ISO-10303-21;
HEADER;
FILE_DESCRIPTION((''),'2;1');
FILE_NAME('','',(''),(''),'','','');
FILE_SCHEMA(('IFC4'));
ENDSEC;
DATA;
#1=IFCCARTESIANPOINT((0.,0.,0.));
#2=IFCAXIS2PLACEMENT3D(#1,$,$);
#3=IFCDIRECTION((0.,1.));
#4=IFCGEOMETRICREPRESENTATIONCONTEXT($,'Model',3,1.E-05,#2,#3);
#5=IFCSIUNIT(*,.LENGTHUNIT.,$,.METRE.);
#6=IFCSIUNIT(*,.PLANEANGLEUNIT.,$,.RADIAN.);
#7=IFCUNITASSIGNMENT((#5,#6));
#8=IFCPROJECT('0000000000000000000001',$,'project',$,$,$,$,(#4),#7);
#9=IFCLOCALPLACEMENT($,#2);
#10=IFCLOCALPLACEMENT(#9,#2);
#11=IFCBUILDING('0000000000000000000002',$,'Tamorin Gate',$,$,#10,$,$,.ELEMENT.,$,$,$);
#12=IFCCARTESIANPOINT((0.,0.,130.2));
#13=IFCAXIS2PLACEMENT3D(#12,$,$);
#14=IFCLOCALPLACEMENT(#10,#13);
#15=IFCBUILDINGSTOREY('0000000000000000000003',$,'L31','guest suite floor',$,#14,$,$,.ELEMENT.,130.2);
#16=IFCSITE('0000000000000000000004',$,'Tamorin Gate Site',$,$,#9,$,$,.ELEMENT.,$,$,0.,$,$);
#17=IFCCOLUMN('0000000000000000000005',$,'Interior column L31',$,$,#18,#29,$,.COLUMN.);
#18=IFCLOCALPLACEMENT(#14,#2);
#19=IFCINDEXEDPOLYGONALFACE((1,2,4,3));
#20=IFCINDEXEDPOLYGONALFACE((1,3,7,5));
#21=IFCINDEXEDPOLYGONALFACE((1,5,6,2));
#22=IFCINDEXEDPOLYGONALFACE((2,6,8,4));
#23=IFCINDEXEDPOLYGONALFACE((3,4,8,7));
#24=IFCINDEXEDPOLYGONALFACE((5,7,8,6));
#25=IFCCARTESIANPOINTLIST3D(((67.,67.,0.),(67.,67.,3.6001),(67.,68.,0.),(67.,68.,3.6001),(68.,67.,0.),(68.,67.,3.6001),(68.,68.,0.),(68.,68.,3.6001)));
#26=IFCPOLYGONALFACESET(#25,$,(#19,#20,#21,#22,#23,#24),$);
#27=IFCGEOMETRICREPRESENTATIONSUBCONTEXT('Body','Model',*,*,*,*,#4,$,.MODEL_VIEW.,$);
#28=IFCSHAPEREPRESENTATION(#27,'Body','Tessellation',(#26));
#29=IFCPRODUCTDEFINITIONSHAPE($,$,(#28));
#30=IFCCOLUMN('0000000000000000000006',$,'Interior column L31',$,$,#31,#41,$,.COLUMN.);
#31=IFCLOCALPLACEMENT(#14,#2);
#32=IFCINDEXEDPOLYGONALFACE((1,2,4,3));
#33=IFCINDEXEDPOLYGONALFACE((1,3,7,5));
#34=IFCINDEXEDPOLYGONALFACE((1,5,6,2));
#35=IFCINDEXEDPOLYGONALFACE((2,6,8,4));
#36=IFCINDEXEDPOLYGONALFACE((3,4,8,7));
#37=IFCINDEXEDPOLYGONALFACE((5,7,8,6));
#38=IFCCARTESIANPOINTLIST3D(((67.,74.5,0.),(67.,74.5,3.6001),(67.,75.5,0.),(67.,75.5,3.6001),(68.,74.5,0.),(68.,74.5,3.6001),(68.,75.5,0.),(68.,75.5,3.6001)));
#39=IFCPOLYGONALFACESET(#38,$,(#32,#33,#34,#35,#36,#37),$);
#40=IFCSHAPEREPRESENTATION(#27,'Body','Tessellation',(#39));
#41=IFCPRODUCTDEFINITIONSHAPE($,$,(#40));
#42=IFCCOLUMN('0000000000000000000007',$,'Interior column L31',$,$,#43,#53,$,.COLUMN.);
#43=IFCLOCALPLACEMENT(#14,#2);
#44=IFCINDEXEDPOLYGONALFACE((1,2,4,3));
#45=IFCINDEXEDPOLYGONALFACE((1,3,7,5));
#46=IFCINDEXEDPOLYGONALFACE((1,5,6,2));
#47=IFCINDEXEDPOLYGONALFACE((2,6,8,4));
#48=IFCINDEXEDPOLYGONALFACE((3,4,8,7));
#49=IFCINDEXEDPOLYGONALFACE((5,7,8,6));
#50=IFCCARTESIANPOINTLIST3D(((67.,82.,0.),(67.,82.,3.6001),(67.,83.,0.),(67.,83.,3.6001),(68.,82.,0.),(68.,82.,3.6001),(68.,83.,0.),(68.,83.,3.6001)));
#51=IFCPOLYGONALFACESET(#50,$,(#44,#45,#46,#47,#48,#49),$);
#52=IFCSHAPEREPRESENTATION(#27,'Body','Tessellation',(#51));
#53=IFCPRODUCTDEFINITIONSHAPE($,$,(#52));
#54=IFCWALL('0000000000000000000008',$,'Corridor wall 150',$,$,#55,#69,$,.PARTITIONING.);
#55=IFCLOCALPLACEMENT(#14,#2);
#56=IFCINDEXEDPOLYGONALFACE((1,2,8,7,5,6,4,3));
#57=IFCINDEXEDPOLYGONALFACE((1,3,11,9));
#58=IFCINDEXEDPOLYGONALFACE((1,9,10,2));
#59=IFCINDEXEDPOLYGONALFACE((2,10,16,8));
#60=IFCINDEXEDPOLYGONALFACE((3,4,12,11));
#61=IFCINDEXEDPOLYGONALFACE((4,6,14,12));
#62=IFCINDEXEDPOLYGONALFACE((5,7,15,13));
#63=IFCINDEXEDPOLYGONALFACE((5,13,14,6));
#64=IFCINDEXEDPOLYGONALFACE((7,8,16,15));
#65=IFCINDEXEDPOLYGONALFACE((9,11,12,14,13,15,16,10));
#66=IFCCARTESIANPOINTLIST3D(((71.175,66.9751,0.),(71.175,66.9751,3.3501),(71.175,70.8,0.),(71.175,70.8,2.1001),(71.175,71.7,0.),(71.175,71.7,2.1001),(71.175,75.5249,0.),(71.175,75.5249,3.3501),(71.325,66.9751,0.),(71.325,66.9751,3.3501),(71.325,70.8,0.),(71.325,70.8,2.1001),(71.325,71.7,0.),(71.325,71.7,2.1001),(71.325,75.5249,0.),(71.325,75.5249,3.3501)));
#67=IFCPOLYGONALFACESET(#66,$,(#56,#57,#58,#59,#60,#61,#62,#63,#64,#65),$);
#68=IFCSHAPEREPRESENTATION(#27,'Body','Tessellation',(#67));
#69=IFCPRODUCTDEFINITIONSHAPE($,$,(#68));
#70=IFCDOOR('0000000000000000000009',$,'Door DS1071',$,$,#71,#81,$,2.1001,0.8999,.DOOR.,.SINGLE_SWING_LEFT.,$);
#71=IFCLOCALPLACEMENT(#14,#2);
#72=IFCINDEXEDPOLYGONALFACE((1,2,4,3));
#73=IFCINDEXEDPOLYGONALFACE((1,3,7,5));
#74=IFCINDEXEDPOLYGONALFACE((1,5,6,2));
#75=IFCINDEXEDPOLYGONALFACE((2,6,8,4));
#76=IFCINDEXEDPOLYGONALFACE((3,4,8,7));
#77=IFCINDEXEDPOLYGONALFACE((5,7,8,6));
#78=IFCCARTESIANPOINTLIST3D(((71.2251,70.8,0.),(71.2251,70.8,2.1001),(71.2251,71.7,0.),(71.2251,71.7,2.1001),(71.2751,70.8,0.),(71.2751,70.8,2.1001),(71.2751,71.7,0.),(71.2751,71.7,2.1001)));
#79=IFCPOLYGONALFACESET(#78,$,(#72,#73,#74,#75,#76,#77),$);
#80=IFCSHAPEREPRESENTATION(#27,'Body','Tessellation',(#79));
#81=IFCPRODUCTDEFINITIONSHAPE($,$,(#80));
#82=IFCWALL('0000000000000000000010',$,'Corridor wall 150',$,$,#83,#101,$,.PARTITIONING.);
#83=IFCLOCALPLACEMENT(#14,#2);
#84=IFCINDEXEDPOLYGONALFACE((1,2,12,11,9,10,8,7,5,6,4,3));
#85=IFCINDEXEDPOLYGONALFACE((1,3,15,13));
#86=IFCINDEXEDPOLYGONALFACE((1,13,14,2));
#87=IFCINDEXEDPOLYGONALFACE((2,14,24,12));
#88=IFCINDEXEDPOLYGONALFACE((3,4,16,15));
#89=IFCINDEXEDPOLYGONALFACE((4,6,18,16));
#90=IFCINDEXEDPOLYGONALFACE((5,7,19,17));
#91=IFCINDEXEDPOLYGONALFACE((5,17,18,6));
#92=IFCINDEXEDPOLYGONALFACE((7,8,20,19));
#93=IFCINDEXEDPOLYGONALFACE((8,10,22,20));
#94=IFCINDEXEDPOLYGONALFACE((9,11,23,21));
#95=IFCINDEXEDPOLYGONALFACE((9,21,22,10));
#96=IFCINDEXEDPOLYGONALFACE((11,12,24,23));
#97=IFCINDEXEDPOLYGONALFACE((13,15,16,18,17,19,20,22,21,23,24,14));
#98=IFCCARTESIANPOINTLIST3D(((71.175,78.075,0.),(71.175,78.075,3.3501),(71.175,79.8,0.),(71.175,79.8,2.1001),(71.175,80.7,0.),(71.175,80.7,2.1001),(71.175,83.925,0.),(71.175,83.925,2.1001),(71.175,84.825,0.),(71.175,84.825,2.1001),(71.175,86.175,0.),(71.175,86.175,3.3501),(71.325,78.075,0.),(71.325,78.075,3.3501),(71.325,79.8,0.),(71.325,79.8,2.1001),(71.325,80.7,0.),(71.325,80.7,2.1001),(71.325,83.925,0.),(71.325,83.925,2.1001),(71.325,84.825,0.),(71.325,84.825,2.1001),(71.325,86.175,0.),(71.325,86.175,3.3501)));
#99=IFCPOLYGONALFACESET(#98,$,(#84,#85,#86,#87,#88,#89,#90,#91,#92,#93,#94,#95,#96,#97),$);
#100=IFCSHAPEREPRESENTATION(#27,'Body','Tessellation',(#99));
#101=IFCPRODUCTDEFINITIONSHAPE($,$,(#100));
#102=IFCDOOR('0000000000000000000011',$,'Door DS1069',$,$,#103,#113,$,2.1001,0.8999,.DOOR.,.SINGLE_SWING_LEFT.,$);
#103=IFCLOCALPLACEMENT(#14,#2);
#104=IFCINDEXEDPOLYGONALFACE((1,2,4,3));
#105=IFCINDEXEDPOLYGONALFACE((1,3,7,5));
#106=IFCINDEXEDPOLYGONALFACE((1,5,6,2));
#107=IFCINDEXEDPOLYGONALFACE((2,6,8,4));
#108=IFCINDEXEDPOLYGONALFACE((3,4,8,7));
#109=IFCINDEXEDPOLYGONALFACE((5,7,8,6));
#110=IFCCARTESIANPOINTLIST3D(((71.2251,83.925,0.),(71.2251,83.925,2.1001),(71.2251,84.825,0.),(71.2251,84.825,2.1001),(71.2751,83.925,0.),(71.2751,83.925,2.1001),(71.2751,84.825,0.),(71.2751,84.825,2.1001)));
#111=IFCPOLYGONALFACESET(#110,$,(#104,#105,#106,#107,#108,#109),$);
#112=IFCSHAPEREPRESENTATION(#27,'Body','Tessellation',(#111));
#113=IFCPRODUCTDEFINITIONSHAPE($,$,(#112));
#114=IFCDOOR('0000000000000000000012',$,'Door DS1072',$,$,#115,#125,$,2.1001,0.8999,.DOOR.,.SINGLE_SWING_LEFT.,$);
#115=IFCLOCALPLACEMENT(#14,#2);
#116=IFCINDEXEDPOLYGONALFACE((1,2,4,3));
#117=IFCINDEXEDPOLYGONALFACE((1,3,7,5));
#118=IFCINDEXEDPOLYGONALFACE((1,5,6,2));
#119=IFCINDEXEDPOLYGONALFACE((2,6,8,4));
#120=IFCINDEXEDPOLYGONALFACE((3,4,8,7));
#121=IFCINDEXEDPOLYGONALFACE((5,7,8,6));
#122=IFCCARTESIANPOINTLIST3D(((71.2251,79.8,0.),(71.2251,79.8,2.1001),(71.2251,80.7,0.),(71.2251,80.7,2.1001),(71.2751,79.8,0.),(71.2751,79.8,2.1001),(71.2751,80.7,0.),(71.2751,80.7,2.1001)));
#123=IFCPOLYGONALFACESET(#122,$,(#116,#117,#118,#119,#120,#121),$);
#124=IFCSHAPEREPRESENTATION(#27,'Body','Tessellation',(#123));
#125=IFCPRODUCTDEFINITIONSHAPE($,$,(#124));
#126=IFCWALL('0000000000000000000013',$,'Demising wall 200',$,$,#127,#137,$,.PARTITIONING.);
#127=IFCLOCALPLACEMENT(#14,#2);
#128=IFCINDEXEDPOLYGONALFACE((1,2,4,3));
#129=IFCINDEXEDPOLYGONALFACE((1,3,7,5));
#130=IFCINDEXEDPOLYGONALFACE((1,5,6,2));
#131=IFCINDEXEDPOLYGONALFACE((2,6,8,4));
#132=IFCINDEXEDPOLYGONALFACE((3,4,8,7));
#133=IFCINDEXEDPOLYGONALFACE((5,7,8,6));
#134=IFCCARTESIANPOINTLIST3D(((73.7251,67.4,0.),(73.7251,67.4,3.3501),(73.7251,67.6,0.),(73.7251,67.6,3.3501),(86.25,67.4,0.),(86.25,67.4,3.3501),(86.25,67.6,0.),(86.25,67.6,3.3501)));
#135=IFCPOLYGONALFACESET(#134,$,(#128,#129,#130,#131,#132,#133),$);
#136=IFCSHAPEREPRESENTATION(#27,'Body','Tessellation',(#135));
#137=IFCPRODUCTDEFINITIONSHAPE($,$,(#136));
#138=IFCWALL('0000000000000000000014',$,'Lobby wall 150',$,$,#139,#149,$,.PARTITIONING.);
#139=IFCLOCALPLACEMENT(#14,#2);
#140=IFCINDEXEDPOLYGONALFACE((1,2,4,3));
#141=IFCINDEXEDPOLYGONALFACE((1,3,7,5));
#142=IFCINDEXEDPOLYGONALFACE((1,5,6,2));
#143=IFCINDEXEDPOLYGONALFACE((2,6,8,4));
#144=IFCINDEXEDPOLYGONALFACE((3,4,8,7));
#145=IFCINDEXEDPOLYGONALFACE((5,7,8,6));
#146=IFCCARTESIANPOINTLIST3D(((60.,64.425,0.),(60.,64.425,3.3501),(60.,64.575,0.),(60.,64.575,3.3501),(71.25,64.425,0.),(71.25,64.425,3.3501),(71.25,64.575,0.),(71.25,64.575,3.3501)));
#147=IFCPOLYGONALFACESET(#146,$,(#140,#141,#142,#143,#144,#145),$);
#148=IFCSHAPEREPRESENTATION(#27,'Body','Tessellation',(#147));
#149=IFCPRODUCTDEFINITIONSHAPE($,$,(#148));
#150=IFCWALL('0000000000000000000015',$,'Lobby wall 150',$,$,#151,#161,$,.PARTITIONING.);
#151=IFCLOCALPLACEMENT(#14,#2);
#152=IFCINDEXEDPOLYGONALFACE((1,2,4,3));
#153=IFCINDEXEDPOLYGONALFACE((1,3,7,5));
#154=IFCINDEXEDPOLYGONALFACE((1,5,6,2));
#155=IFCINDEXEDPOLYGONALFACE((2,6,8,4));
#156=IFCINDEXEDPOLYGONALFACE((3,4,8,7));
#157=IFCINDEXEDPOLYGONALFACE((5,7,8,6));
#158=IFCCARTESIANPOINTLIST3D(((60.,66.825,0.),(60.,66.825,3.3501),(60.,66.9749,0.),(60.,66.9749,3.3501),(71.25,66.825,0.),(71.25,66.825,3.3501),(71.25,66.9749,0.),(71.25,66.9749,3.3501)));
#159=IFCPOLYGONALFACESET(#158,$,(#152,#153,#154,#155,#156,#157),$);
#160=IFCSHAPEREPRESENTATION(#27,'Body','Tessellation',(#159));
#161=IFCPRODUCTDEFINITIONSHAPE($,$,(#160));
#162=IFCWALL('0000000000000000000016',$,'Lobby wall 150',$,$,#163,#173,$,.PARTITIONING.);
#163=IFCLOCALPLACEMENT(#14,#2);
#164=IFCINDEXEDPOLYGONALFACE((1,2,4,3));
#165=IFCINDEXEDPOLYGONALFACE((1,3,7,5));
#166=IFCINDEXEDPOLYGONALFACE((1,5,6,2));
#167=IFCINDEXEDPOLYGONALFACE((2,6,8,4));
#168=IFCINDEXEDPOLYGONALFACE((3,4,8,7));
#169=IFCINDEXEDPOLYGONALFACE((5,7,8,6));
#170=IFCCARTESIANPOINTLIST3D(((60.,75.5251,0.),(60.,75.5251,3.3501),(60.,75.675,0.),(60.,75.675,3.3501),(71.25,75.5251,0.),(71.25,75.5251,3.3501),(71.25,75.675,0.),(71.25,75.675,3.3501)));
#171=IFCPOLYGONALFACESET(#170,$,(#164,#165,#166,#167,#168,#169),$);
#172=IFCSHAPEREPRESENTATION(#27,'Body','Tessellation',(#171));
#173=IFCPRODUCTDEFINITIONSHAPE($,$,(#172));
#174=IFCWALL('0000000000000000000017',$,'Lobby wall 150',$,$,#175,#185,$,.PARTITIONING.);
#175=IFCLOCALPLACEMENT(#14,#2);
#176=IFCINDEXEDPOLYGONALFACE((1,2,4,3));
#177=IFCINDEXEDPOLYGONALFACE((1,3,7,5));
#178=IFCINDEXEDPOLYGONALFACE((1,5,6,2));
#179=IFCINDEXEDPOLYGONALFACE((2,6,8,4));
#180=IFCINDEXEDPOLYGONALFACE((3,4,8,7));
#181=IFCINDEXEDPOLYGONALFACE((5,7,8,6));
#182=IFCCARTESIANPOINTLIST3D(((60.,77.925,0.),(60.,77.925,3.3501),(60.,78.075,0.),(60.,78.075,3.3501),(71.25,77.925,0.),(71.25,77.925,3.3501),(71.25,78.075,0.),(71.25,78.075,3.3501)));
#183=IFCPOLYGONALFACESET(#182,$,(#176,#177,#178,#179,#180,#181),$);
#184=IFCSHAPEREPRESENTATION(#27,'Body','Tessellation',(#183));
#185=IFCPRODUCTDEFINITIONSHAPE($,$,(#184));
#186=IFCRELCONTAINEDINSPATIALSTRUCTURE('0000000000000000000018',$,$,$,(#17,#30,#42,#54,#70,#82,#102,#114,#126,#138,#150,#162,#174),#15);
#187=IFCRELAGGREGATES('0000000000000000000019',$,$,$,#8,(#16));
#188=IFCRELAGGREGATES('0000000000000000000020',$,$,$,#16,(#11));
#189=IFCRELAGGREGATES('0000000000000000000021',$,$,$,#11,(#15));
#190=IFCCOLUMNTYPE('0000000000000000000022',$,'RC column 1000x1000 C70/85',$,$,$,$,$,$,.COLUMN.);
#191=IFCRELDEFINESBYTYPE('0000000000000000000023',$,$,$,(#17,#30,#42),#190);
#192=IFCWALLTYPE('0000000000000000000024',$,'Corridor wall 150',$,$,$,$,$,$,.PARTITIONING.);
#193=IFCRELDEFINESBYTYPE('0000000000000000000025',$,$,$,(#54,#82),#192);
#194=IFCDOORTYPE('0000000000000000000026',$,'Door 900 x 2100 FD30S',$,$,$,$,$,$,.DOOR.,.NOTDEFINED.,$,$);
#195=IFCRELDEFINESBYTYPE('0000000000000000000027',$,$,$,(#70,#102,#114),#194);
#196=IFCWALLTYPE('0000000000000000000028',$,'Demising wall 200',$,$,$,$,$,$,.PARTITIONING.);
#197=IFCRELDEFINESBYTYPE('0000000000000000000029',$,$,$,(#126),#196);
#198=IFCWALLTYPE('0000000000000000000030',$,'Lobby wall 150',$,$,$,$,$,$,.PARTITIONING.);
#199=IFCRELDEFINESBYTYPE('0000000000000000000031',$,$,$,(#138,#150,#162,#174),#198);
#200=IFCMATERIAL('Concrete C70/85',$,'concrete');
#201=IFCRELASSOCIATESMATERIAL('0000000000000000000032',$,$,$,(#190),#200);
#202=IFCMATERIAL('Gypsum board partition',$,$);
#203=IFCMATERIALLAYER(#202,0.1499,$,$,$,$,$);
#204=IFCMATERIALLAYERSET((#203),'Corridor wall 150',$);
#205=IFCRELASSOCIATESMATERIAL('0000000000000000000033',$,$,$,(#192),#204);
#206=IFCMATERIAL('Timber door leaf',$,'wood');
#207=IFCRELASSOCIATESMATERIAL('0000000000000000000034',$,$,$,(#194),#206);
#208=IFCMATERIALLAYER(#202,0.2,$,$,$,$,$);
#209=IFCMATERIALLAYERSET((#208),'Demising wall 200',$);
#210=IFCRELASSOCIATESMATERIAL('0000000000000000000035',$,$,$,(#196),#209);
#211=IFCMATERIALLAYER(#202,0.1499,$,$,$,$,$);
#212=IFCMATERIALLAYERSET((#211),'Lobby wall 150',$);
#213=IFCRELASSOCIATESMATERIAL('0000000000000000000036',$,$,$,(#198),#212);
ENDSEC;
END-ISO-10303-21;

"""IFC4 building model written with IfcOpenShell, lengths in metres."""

from ifc_helpers import new_model, si_unit, direction, frame, frame_2d, origin, origin_2d, place, context, subcontext, project, spatial, rectangle, extrude, material, layer, layer_set, material_profile, profile_set, type_object, element, fill, save


model = new_model("IFC4")

# Units and contexts
model_context = context("Model", 3, precision=1e-05, world=origin(), true_north=direction((0.0, 1.0)))
body_context = subcontext(model_context, "Body", "Model", "MODEL_VIEW")
ifc_project = project(units=[si_unit("LENGTHUNIT", "METRE"), si_unit("PLANEANGLEUNIT", "RADIAN")], contexts=[model_context])

# Site, building, storey
site_placement = place(None, origin())
site = spatial("IfcSite", under=ifc_project, at=site_placement, Name="Tamorin Gate Site", CompositionType="ELEMENT", RefElevation=0.0)
building_placement = place(site_placement, origin())
building = spatial("IfcBuilding", under=site, at=building_placement, Name="Tamorin Gate", CompositionType="ELEMENT")
storey_placement = place(building_placement, frame((0.0, 0.0, 130.2)))
storey = spatial("IfcBuildingStorey", under=building, at=storey_placement, Name="L31", Description="guest suite floor", CompositionType="ELEMENT", Elevation=130.2)

# Columns
ifc_material_1 = material(Name="Concrete C70/85", Category="concrete")
ifc_material_profile = material_profile(ifc_material_1, rectangle(XDim=1.0, YDim=1.0, at=origin_2d()), Name="RC 1000x1000")
ifc_profile_set = profile_set([ifc_material_profile], Name="Concrete C70/85")
column_type = type_object("IfcColumnType", Name="RC column 1000x1000 C70/85", PredefinedType="COLUMN", material=ifc_profile_set)
for number, where, z_axis, x_axis, name in (
    (1, (67.5, 67.5, 0.0), (0.0, 0.0, 1.0), (1.0, 0.0, 0.0), "Interior column L31"),
    (2, (67.5, 75.0, 0.0), (0.0, 0.0, 1.0), (1.0, 0.0, 0.0), "Interior column L31"),
    (3, (67.5, 82.5, 0.0), (0.0, 0.0, 1.0), (1.0, 0.0, 0.0), "Interior column L31"),
):
    element("IfcColumn", number, at=place(storey_placement, frame(where, z_axis=z_axis, x_axis=x_axis)), inside=storey, type_object=column_type, Name=name, PredefinedType="COLUMN", context=body_context, shape_type="SweptSolid", body=[
        extrude(rectangle(XDim=1.0, YDim=1.0, at=origin_2d()), origin(), (0.0, 0.0, 1.0), 3.6001),
    ])

# Wall, opening, door
ifc_material_2 = material(Name="Gypsum board partition")
ifc_layer_1 = layer(ifc_material_2, 0.1499)
ifc_layer_set_1 = layer_set([ifc_layer_1], Name="Corridor wall 150")
wall_type_1 = type_object("IfcWallType", Name="Corridor wall 150", PredefinedType="PARTITIONING", material=ifc_layer_set_1)
wall_1_placement = place(storey_placement, frame((71.25, 66.9751, 0.0), z_axis=(0.0, 0.0, 1.0), x_axis=(0.0, 1.0, 0.0)))
wall_1 = element("IfcWall", 4, at=wall_1_placement, inside=storey, type_object=wall_type_1, Name="Corridor wall 150", PredefinedType="PARTITIONING", context=body_context, shape_type="SweptSolid", body=[
    extrude(rectangle(XDim=8.5498, YDim=0.1499, at=frame_2d((4.2749, 0.0))), origin(), (0.0, 0.0, 1.0), 3.3501),
])
opening_1_placement = place(wall_1_placement, frame((3.825, 0.0, 0.0)))
opening_1 = element("IfcOpeningElement", 5, at=opening_1_placement, cuts=wall_1, PredefinedType="OPENING", context=body_context, shape_type="SweptSolid", body=[
    extrude(rectangle(XDim=0.8999, YDim=2.1001, at=frame_2d((0.45, 1.05))), frame((0.0, 0.085, 0.0), z_axis=(0.0, -1.0, 0.0), x_axis=(1.0, 0.0, 0.0)), (0.0, 0.0, 1.0), 0.1699),
])
ifc_material_3 = material(Name="Timber door leaf", Category="wood")
door_type_1 = type_object("IfcDoorType", Name="Door 900 x 2100 FD30S", OperationType="NOTDEFINED", PredefinedType="DOOR", material=ifc_material_3)
door_1_placement = place(opening_1_placement, origin())
door_1 = element("IfcDoor", 6, at=door_1_placement, inside=storey, type_object=door_type_1, Name="Door DS1071", OperationType="SINGLE_SWING_LEFT", OverallHeight=2.1001, OverallWidth=0.8999, PredefinedType="DOOR", context=body_context, shape_type="SweptSolid", body=[
    extrude(rectangle(XDim=0.8999, YDim=2.1001, at=frame_2d((0.45, 1.05))), frame((0.0, 0.0249, 0.0), z_axis=(0.0, -1.0, 0.0), x_axis=(1.0, 0.0, 0.0)), (0.0, 0.0, 1.0), 0.05),
])
fill(opening_1, door_1)

# Wall, openings, doors
wall_2_placement = place(storey_placement, frame((71.25, 78.075, 0.0), z_axis=(0.0, 0.0, 1.0), x_axis=(0.0, 1.0, 0.0)))
wall_2 = element("IfcWall", 7, at=wall_2_placement, inside=storey, type_object=wall_type_1, Name="Corridor wall 150", PredefinedType="PARTITIONING", context=body_context, shape_type="SweptSolid", body=[
    extrude(rectangle(XDim=8.1001, YDim=0.1499, at=frame_2d((4.05, 0.0))), origin(), (0.0, 0.0, 1.0), 3.3501),
])
opening_2_placement = place(wall_2_placement, frame((5.8501, 0.0, 0.0)))
opening_2 = element("IfcOpeningElement", 8, at=opening_2_placement, cuts=wall_2, PredefinedType="OPENING", context=body_context, shape_type="SweptSolid", body=[
    extrude(rectangle(XDim=0.8999, YDim=2.1001, at=frame_2d((0.45, 1.05))), frame((0.0, 0.085, 0.0), z_axis=(0.0, -1.0, 0.0), x_axis=(1.0, 0.0, 0.0)), (0.0, 0.0, 1.0), 0.1699),
])
opening_3_placement = place(wall_2_placement, frame((1.7251, 0.0, 0.0)))
opening_3 = element("IfcOpeningElement", 9, at=opening_3_placement, cuts=wall_2, PredefinedType="OPENING", context=body_context, shape_type="SweptSolid", body=[
    extrude(rectangle(XDim=0.8999, YDim=2.1001, at=frame_2d((0.45, 1.05))), frame((0.0, 0.085, 0.0), z_axis=(0.0, -1.0, 0.0), x_axis=(1.0, 0.0, 0.0)), (0.0, 0.0, 1.0), 0.1699),
])
door_2_placement = place(opening_2_placement, origin())
door_2 = element("IfcDoor", 10, at=door_2_placement, inside=storey, type_object=door_type_1, Name="Door DS1069", OperationType="SINGLE_SWING_LEFT", OverallHeight=2.1001, OverallWidth=0.8999, PredefinedType="DOOR", context=body_context, shape_type="SweptSolid", body=[
    extrude(rectangle(XDim=0.8999, YDim=2.1001, at=frame_2d((0.45, 1.05))), frame((0.0, 0.0249, 0.0), z_axis=(0.0, -1.0, 0.0), x_axis=(1.0, 0.0, 0.0)), (0.0, 0.0, 1.0), 0.05),
])
fill(opening_2, door_2)
door_3_placement = place(opening_3_placement, origin())
door_3 = element("IfcDoor", 11, at=door_3_placement, inside=storey, type_object=door_type_1, Name="Door DS1072", OperationType="SINGLE_SWING_LEFT", OverallHeight=2.1001, OverallWidth=0.8999, PredefinedType="DOOR", context=body_context, shape_type="SweptSolid", body=[
    extrude(rectangle(XDim=0.8999, YDim=2.1001, at=frame_2d((0.45, 1.05))), frame((0.0, 0.0249, 0.0), z_axis=(0.0, -1.0, 0.0), x_axis=(1.0, 0.0, 0.0)), (0.0, 0.0, 1.0), 0.05),
])
fill(opening_3, door_3)

# Walls
ifc_layer_2 = layer(ifc_material_2, 0.2)
ifc_layer_set_2 = layer_set([ifc_layer_2], Name="Demising wall 200")
wall_type_2 = type_object("IfcWallType", Name="Demising wall 200", PredefinedType="PARTITIONING", material=ifc_layer_set_2)
wall_3_placement = place(storey_placement, frame((73.7251, 67.5, 0.0), z_axis=(0.0, 0.0, 1.0), x_axis=(1.0, 0.0, 0.0)))
element("IfcWall", 12, at=wall_3_placement, inside=storey, type_object=wall_type_2, Name="Demising wall 200", PredefinedType="PARTITIONING", context=body_context, shape_type="SweptSolid", body=[
    extrude(rectangle(XDim=12.5249, YDim=0.2, at=frame_2d((6.2625, 0.0))), origin(), (0.0, 0.0, 1.0), 3.3501),
])
ifc_layer_3 = layer(ifc_material_2, 0.1499)
ifc_layer_set_3 = layer_set([ifc_layer_3], Name="Lobby wall 150")
wall_type_3 = type_object("IfcWallType", Name="Lobby wall 150", PredefinedType="PARTITIONING", material=ifc_layer_set_3)
for number, where, z_axis, x_axis, name in (
    (13, (60.0, 64.5, 0.0), (0.0, 0.0, 1.0), (1.0, 0.0, 0.0), "Lobby wall 150"),
    (14, (60.0, 66.8999, 0.0), (0.0, 0.0, 1.0), (1.0, 0.0, 0.0), "Lobby wall 150"),
    (15, (60.0, 75.6001, 0.0), (0.0, 0.0, 1.0), (1.0, 0.0, 0.0), "Lobby wall 150"),
    (16, (60.0, 78.0, 0.0), (0.0, 0.0, 1.0), (1.0, 0.0, 0.0), "Lobby wall 150"),
):
    element("IfcWall", number, at=place(storey_placement, frame(where, z_axis=z_axis, x_axis=x_axis)), inside=storey, type_object=wall_type_3, Name=name, PredefinedType="PARTITIONING", context=body_context, shape_type="SweptSolid", body=[
        extrude(rectangle(XDim=11.25, YDim=0.1499, at=frame_2d((5.625, 0.0))), origin(), (0.0, 0.0, 1.0), 3.3501),
    ])

save(model, "model.ifc")
